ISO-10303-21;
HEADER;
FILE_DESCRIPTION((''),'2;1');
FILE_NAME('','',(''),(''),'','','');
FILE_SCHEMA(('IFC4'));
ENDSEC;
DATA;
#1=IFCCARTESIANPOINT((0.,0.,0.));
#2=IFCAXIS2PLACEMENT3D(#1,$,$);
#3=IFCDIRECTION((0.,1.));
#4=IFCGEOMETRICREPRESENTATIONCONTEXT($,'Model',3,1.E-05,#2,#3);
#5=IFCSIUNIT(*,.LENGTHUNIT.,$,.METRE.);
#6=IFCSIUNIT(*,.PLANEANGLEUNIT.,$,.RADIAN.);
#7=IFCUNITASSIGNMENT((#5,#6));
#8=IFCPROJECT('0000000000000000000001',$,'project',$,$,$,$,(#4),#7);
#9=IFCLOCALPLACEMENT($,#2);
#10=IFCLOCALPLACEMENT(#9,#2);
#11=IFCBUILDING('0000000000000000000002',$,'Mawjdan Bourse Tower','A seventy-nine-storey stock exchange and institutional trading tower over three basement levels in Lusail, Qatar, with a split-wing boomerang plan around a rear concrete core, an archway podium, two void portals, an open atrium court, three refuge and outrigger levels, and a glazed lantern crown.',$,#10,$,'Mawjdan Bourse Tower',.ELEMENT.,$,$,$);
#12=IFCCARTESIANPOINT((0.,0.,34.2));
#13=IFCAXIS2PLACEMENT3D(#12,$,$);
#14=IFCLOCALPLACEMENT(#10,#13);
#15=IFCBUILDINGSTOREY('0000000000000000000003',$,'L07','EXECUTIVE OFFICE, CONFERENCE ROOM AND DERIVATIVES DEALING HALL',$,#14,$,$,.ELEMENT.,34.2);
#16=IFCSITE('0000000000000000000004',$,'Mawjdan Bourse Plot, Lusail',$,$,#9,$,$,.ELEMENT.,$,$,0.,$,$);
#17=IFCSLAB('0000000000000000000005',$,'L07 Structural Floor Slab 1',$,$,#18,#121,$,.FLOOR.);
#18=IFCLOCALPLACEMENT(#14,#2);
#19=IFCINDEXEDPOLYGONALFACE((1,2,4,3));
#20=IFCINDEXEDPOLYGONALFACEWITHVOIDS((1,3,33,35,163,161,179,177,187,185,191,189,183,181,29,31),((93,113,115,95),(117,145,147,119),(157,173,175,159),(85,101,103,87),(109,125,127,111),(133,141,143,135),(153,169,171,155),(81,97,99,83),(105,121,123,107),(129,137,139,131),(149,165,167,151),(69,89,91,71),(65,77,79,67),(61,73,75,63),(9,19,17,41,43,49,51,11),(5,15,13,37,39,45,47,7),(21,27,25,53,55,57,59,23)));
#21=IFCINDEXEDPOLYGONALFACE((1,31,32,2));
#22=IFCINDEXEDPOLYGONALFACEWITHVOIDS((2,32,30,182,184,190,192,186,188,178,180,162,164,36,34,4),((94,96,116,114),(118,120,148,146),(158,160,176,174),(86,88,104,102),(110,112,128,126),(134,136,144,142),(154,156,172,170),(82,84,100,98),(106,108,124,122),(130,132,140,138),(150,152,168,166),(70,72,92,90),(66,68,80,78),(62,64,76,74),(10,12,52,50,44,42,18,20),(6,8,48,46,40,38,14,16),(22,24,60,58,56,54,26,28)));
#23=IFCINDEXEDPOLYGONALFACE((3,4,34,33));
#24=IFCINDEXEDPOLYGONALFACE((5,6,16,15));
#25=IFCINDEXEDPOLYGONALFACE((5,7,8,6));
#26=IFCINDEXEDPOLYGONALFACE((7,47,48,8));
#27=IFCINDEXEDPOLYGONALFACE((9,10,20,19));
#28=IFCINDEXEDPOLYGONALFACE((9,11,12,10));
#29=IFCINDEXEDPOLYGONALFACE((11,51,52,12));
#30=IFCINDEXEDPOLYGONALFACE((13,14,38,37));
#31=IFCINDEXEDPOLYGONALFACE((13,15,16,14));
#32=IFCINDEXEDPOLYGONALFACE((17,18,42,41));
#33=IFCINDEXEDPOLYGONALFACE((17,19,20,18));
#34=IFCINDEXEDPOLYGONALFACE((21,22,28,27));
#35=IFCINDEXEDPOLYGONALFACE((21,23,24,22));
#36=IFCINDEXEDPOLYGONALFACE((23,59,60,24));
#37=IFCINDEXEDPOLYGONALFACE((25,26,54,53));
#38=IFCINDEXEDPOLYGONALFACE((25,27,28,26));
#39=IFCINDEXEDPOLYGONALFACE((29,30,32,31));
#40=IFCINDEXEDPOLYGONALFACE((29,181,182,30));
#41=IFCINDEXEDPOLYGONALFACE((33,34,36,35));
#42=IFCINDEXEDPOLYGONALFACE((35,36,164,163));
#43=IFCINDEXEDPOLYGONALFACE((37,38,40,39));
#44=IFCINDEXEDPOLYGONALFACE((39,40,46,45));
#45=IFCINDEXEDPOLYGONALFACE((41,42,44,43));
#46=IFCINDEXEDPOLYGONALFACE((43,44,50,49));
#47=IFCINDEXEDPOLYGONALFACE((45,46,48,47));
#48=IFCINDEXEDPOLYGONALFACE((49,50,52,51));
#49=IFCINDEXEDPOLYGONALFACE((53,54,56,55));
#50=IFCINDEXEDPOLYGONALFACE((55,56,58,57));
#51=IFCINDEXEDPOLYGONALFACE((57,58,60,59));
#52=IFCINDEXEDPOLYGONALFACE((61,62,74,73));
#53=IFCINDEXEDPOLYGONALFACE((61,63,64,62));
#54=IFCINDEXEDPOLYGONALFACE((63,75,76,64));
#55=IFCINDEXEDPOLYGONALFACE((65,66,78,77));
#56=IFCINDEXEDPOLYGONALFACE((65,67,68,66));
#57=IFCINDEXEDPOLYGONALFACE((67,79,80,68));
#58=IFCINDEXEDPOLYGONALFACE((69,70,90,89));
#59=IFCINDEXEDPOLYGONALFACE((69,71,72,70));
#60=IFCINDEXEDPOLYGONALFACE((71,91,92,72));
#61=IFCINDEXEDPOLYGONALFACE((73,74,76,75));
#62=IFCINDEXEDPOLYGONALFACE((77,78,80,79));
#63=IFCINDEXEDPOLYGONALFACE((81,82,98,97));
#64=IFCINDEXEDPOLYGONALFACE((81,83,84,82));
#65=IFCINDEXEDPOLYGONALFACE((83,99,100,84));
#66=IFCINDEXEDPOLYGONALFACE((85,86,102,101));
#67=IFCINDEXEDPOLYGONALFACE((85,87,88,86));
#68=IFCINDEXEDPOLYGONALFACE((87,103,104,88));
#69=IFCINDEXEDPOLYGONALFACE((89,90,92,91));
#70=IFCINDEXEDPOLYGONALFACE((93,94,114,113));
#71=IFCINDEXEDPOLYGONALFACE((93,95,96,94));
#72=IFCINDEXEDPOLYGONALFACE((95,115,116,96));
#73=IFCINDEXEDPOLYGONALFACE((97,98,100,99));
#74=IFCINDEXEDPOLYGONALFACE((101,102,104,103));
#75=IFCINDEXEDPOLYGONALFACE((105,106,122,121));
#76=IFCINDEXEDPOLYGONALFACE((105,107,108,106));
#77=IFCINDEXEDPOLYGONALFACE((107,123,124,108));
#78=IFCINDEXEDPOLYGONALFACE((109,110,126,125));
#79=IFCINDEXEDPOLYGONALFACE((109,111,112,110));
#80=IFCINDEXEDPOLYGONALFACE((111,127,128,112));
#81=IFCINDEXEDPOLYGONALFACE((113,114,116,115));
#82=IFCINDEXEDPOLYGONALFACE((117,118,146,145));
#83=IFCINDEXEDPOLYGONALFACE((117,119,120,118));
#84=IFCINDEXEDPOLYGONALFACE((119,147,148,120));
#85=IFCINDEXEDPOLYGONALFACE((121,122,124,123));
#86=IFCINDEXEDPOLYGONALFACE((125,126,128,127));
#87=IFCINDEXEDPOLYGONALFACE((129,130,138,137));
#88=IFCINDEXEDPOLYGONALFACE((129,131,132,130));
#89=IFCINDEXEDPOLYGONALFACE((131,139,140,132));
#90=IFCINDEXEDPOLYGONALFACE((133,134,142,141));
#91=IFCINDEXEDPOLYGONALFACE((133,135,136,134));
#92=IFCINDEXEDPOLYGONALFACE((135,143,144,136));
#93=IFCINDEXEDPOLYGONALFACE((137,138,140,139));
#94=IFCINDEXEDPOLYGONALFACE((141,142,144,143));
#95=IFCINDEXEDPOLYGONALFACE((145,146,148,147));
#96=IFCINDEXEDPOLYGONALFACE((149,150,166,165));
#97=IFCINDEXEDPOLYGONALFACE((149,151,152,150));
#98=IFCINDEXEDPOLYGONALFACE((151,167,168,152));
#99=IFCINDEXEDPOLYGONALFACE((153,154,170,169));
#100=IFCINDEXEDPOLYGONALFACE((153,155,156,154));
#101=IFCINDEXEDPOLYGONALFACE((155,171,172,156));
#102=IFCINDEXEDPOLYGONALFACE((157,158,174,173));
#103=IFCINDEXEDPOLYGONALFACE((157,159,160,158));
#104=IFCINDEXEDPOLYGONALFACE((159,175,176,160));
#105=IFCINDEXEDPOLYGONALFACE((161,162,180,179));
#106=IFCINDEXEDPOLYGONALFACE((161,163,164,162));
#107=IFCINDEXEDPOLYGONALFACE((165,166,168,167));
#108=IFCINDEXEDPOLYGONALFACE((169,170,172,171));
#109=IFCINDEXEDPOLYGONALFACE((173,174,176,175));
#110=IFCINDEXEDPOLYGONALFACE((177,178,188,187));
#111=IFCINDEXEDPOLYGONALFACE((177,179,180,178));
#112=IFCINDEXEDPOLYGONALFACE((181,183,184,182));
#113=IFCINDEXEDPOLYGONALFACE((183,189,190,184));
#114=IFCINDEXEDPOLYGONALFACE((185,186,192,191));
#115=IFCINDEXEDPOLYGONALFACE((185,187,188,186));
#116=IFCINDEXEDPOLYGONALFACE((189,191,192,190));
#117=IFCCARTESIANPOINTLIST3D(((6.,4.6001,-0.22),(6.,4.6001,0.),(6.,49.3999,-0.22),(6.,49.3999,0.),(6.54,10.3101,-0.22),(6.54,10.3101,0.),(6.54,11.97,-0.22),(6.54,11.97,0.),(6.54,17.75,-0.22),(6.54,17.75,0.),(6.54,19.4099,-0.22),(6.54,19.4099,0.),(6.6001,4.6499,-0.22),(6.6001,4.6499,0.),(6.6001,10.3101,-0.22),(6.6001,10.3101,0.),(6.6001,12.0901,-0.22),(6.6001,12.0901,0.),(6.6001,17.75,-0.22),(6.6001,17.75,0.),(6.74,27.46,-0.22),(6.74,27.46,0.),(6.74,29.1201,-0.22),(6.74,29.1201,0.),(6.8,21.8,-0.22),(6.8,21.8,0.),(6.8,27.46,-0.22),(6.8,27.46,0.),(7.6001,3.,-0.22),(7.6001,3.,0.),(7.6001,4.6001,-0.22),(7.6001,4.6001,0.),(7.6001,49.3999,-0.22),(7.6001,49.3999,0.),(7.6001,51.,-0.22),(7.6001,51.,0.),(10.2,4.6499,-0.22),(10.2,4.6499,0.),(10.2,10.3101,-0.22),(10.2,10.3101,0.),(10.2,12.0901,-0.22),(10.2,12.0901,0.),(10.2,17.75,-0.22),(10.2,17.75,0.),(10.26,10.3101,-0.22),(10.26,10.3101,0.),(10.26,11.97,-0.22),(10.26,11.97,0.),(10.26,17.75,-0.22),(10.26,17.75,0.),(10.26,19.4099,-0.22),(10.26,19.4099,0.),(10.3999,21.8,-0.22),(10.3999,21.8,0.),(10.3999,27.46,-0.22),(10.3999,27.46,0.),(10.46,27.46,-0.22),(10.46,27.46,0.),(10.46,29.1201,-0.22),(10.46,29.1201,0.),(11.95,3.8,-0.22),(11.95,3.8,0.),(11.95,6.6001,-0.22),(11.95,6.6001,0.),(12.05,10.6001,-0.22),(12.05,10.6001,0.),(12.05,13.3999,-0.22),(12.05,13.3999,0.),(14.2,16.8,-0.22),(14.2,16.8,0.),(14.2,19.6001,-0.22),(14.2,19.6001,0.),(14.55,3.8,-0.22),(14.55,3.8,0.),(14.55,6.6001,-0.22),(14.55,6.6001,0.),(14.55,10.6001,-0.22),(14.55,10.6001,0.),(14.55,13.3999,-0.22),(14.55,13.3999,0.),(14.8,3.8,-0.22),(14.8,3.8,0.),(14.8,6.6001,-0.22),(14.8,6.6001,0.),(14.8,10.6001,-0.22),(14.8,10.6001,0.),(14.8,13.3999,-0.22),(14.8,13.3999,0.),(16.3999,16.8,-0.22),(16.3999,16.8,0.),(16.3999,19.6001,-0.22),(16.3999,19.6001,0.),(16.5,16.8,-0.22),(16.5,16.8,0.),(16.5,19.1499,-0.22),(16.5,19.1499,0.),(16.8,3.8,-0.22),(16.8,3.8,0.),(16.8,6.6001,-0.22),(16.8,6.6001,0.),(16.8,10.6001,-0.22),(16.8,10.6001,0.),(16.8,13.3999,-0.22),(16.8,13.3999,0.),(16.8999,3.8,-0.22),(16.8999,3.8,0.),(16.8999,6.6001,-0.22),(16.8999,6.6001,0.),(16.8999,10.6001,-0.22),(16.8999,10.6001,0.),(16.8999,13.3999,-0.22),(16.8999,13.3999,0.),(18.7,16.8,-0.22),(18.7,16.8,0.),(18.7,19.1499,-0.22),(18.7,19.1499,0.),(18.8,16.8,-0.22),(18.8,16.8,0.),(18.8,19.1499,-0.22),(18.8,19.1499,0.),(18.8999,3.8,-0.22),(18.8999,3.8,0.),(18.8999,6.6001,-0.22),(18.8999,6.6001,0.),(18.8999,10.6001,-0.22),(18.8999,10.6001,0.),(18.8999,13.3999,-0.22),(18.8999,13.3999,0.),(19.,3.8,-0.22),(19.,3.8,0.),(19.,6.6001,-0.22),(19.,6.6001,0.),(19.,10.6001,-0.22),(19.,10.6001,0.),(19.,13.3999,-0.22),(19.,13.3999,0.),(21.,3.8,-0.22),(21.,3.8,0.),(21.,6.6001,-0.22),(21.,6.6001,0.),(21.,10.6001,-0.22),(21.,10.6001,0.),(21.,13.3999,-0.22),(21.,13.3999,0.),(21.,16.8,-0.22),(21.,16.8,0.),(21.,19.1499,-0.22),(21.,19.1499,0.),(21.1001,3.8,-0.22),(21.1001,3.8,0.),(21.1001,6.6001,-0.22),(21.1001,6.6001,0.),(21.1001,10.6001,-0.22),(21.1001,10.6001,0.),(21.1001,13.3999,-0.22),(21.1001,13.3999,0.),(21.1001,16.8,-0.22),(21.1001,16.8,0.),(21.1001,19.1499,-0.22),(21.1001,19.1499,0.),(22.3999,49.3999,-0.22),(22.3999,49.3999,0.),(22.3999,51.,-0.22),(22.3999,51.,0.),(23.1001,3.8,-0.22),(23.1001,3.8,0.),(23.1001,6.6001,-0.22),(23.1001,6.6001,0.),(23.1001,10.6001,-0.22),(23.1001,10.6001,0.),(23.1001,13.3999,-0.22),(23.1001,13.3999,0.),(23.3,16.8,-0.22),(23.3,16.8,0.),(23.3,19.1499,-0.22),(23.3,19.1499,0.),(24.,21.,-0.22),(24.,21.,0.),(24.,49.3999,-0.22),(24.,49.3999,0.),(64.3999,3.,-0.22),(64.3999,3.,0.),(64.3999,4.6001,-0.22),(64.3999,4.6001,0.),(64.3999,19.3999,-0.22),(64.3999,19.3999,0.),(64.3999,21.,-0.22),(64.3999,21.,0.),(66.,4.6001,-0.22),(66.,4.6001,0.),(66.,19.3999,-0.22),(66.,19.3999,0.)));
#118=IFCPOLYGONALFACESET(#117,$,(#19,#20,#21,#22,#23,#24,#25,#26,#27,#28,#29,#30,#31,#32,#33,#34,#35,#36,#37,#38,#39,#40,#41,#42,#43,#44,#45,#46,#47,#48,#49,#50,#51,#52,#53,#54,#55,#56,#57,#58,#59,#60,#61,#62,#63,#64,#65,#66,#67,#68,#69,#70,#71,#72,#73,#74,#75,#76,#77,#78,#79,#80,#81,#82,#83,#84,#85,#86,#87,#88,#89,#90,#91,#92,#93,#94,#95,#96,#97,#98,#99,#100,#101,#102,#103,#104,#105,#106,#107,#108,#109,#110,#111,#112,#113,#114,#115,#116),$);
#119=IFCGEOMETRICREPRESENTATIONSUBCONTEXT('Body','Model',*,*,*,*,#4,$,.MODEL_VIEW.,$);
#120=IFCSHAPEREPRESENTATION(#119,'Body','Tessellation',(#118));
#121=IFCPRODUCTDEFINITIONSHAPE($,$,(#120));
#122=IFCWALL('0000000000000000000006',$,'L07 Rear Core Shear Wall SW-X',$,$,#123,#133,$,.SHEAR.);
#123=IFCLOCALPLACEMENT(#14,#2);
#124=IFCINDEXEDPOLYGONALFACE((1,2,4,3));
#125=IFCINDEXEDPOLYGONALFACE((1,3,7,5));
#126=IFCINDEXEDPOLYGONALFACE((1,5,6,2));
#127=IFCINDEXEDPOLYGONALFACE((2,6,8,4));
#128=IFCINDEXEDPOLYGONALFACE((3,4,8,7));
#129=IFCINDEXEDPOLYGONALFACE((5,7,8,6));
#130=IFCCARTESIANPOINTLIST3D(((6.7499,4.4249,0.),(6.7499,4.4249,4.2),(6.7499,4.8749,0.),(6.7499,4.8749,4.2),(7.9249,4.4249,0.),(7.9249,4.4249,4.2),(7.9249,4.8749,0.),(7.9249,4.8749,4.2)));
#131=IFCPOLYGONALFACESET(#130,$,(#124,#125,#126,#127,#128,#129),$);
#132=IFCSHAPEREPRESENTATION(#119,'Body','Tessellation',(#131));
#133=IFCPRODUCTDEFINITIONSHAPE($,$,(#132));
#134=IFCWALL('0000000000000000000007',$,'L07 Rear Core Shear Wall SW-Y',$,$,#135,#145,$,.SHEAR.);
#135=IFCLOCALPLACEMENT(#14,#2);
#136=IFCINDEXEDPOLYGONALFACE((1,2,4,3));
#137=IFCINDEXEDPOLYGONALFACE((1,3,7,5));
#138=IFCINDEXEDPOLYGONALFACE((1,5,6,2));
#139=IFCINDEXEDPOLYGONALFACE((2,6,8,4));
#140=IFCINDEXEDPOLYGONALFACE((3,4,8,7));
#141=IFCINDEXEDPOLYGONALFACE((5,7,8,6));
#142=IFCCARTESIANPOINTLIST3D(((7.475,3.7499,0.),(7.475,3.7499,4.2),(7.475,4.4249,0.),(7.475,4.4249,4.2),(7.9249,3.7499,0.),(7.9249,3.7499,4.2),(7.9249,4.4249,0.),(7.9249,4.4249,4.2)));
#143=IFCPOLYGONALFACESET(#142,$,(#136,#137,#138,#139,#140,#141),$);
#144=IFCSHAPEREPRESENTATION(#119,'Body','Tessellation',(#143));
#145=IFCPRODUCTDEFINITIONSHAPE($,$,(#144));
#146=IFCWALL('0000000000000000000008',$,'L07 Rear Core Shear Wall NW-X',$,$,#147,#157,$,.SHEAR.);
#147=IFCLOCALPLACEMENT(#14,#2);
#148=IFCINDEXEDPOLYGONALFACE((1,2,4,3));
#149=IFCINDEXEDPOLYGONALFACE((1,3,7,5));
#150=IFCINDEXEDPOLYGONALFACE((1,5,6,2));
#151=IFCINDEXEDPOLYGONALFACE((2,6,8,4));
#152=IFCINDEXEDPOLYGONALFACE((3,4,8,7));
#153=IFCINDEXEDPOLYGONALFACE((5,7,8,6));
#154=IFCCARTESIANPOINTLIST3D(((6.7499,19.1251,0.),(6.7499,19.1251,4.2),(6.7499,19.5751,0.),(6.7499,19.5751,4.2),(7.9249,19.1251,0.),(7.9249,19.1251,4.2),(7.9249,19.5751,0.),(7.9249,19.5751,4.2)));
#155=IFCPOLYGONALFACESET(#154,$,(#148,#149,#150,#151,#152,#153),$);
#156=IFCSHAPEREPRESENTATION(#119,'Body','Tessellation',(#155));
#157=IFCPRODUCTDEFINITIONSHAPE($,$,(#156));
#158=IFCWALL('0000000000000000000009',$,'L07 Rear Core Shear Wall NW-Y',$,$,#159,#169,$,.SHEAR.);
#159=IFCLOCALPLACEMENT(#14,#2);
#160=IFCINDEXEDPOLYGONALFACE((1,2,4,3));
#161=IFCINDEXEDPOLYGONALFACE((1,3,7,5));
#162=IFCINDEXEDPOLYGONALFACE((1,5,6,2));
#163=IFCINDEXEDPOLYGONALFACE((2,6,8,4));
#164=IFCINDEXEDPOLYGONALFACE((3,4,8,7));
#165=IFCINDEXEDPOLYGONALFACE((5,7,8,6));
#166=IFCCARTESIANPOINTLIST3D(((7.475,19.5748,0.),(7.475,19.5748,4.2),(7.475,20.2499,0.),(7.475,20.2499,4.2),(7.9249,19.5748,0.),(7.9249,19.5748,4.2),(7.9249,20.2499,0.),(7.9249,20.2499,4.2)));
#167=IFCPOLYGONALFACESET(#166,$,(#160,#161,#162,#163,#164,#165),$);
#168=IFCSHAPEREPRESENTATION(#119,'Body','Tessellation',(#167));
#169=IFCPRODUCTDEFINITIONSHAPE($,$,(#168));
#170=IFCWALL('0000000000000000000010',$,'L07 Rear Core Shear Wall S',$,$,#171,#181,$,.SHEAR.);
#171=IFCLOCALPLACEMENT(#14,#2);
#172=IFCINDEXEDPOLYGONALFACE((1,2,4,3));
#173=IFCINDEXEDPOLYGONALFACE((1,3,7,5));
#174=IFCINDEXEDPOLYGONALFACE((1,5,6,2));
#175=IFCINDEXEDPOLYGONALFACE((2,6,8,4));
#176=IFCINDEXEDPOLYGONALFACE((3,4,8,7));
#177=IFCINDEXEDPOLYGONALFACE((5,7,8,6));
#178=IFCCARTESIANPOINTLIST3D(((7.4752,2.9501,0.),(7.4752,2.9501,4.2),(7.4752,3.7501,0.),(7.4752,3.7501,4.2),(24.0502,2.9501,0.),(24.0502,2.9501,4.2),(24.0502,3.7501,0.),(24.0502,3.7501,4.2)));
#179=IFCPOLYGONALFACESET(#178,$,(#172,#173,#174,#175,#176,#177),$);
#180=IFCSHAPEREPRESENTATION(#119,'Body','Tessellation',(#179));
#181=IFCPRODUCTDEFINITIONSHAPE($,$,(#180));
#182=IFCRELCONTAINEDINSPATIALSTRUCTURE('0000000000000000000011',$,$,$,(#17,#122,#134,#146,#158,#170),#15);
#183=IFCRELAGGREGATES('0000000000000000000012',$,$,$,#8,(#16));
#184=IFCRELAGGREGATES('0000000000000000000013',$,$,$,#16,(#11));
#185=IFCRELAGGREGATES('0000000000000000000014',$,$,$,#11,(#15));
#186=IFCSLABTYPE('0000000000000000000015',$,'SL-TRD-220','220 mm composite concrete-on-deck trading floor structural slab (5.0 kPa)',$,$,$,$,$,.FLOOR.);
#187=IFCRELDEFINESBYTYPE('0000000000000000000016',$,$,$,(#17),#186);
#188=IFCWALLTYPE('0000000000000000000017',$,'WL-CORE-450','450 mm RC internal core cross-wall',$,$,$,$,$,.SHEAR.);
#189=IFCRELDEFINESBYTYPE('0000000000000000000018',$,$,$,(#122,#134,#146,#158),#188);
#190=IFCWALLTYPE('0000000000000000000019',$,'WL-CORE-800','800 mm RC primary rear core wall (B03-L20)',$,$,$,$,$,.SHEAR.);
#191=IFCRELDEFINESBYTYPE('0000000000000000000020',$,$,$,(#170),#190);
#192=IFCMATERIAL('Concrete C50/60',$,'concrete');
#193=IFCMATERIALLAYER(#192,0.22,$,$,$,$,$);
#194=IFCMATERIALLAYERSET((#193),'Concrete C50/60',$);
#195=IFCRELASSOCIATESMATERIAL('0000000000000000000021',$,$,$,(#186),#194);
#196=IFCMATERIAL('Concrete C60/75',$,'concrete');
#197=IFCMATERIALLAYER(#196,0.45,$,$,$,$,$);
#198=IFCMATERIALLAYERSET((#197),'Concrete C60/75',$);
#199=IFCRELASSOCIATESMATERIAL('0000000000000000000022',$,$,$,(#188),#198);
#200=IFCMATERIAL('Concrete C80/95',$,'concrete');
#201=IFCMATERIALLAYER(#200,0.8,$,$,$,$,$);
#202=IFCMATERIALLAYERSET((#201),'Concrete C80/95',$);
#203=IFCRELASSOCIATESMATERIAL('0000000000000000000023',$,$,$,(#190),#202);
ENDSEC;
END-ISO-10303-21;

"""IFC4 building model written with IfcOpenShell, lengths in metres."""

from ifc_helpers import new_model, si_unit, direction, frame, frame_2d, origin, place, context, subcontext, project, spatial, polyline, rectangle, outline, extrude, material, layer, layer_set, type_object, element, save


model = new_model("IFC4")

# Units and contexts
model_context = context("Model", 3, precision=1e-05, world=origin(), true_north=direction((0.0, 1.0)))
body_context = subcontext(model_context, "Body", "Model", "MODEL_VIEW")
ifc_project = project(units=[si_unit("LENGTHUNIT", "METRE"), si_unit("PLANEANGLEUNIT", "RADIAN")], contexts=[model_context])

# Site, building, storey
site_placement = place(None, origin())
site = spatial("IfcSite", under=ifc_project, at=site_placement, Name="Mawjdan Bourse Plot, Lusail", CompositionType="ELEMENT", RefElevation=0.0)
building_placement = place(site_placement, origin())
building = spatial("IfcBuilding", under=site, at=building_placement, Name="Mawjdan Bourse Tower", Description="A seventy-nine-storey stock exchange and institutional trading tower over three basement levels in Lusail, Qatar, with a split-wing boomerang plan around a rear concrete core, an archway podium, two void portals, an open atrium court, three refuge and outrigger levels, and a glazed lantern crown.", LongName="Mawjdan Bourse Tower", CompositionType="ELEMENT")
storey_placement = place(building_placement, frame((0.0, 0.0, 34.2)))
storey = spatial("IfcBuildingStorey", under=building, at=storey_placement, Name="L07", Description="EXECUTIVE OFFICE, CONFERENCE ROOM AND DERIVATIVES DEALING HALL", CompositionType="ELEMENT", Elevation=34.2)

# Shared definitions
ifc_material_1 = material(Name="Concrete C50/60", Category="concrete")

# Slab
ifc_layer_1 = layer(ifc_material_1, 0.22)
ifc_layer_set_1 = layer_set([ifc_layer_1], Name="Concrete C50/60")
slab_type_1 = type_object("IfcSlabType", Name="SL-TRD-220", Description="220 mm composite concrete-on-deck trading floor structural slab (5.0 kPa)", PredefinedType="FLOOR", material=ifc_layer_set_1)
slab_1_placement = place(storey_placement, frame((0.0, 0.0, -0.22)))
element("IfcSlab", 1, at=slab_1_placement, inside=storey, type_object=slab_type_1, Name="L07 Structural Floor Slab 1", PredefinedType="FLOOR", context=body_context, shape_type="SweptSolid", body=[
    extrude(outline(polyline([(7.6001, 3.0), (64.3999, 3.0), (64.3999, 4.6001), (66.0, 4.6001), (66.0, 19.3999), (64.3999, 19.3999), (64.3999, 21.0), (24.0, 21.0), (24.0, 49.3999), (22.3999, 49.3999), (22.3999, 51.0), (7.6001, 51.0), (7.6001, 49.3999), (6.0, 49.3999), (6.0, 4.6001), (7.6001, 4.6001), (7.6001, 3.0)]), holes=[polyline([(11.95, 3.8), (11.95, 6.6001), (14.55, 6.6001), (14.55, 3.8), (11.95, 3.8)]), polyline([(14.8, 3.8), (14.8, 6.6001), (16.8, 6.6001), (16.8, 3.8), (14.8, 3.8)]), polyline([(10.26, 11.97), (10.26, 10.3101), (10.2, 10.3101), (10.2, 4.6499), (6.6001, 4.6499), (6.6001, 10.3101), (6.54, 10.3101), (6.54, 11.97), (10.26, 11.97)]), polyline([(12.05, 13.3999), (14.55, 13.3999), (14.55, 10.6001), (12.05, 10.6001), (12.05, 13.3999)]), polyline([(6.6001, 17.75), (6.54, 17.75), (6.54, 19.4099), (10.26, 19.4099), (10.26, 17.75), (10.2, 17.75), (10.2, 12.0901), (6.6001, 12.0901), (6.6001, 17.75)]), polyline([(14.2, 16.8), (14.2, 19.6001), (16.3999, 19.6001), (16.3999, 16.8), (14.2, 16.8)]), polyline([(10.46, 27.46), (10.3999, 27.46), (10.3999, 21.8), (6.8, 21.8), (6.8, 27.46), (6.74, 27.46), (6.74, 29.1201), (10.46, 29.1201), (10.46, 27.46)]), polyline([(16.8999, 3.8), (16.8999, 6.6001), (18.8999, 6.6001), (18.8999, 3.8), (16.8999, 3.8)]), polyline([(19.0, 3.8), (19.0, 6.6001), (21.0, 6.6001), (21.0, 3.8), (19.0, 3.8)]), polyline([(21.1001, 3.8), (21.1001, 6.6001), (23.1001, 6.6001), (23.1001, 3.8), (21.1001, 3.8)]), polyline([(14.8, 13.3999), (16.8, 13.3999), (16.8, 10.6001), (14.8, 10.6001), (14.8, 13.3999)]), polyline([(16.8999, 13.3999), (18.8999, 13.3999), (18.8999, 10.6001), (16.8999, 10.6001), (16.8999, 13.3999)]), polyline([(19.0, 10.6001), (19.0, 13.3999), (21.0, 13.3999), (21.0, 10.6001), (19.0, 10.6001)]), polyline([(21.1001, 10.6001), (21.1001, 13.3999), (23.1001, 13.3999), (23.1001, 10.6001), (21.1001, 10.6001)]), polyline([(16.5, 16.8), (16.5, 19.1499), (18.7, 19.1499), (18.7, 16.8), (16.5, 16.8)]), polyline([(18.8, 19.1499), (21.0, 19.1499), (21.0, 16.8), (18.8, 16.8), (18.8, 19.1499)]), polyline([(21.1001, 19.1499), (23.3, 19.1499), (23.3, 16.8), (21.1001, 16.8), (21.1001, 19.1499)])]), origin(), (0.0, 0.0, 1.0), 0.22),
])

# Walls
ifc_material_2 = material(Name="Concrete C60/75", Category="concrete")
ifc_layer_2 = layer(ifc_material_2, 0.45)
ifc_layer_set_2 = layer_set([ifc_layer_2], Name="Concrete C60/75")
wall_type_1 = type_object("IfcWallType", Name="WL-CORE-450", Description="450 mm RC internal core cross-wall", PredefinedType="SHEAR", material=ifc_layer_set_2)
wall_1_placement = place(storey_placement, frame((6.75, 4.6499, 0.0), z_axis=(0.0, 0.0, 1.0), x_axis=(1.0, 0.0, 0.0)))
element("IfcWall", 2, at=wall_1_placement, inside=storey, type_object=wall_type_1, Name="L07 Rear Core Shear Wall SW-X", PredefinedType="SHEAR", context=body_context, shape_type="SweptSolid", body=[
    extrude(rectangle(XDim=1.175, YDim=0.45, at=frame_2d((0.5874, 0.0))), origin(), (0.0, 0.0, 1.0), 4.2),
])
wall_2_placement = place(storey_placement, frame((7.7, 3.75, 0.0), z_axis=(0.0, 0.0, 1.0), x_axis=(0.0, 1.0, 0.0)))
element("IfcWall", 3, at=wall_2_placement, inside=storey, type_object=wall_type_1, Name="L07 Rear Core Shear Wall SW-Y", PredefinedType="SHEAR", context=body_context, shape_type="SweptSolid", body=[
    extrude(rectangle(XDim=0.675, YDim=0.45, at=frame_2d((0.3374, 0.0))), origin(), (0.0, 0.0, 1.0), 4.2),
])
wall_3_placement = place(storey_placement, frame((6.75, 19.3501, 0.0), z_axis=(0.0, 0.0, 1.0), x_axis=(1.0, 0.0, 0.0)))
element("IfcWall", 4, at=wall_3_placement, inside=storey, type_object=wall_type_1, Name="L07 Rear Core Shear Wall NW-X", PredefinedType="SHEAR", context=body_context, shape_type="SweptSolid", body=[
    extrude(rectangle(XDim=1.175, YDim=0.45, at=frame_2d((0.5874, 0.0))), origin(), (0.0, 0.0, 1.0), 4.2),
])
wall_4_placement = place(storey_placement, frame((7.7, 19.575, 0.0), z_axis=(0.0, 0.0, 1.0), x_axis=(0.0, 1.0, 0.0)))
element("IfcWall", 5, at=wall_4_placement, inside=storey, type_object=wall_type_1, Name="L07 Rear Core Shear Wall NW-Y", PredefinedType="SHEAR", context=body_context, shape_type="SweptSolid", body=[
    extrude(rectangle(XDim=0.675, YDim=0.45, at=frame_2d((0.3374, 0.0))), origin(), (0.0, 0.0, 1.0), 4.2),
])
ifc_material_3 = material(Name="Concrete C80/95", Category="concrete")
ifc_layer_3 = layer(ifc_material_3, 0.8)
ifc_layer_set_3 = layer_set([ifc_layer_3], Name="Concrete C80/95")
wall_type_2 = type_object("IfcWallType", Name="WL-CORE-800", Description="800 mm RC primary rear core wall (B03-L20)", PredefinedType="SHEAR", material=ifc_layer_set_3)
wall_5_placement = place(storey_placement, frame((7.4751, 3.3501, 0.0), z_axis=(0.0, 0.0, 1.0), x_axis=(1.0, 0.0, 0.0)))
element("IfcWall", 6, at=wall_5_placement, inside=storey, type_object=wall_type_2, Name="L07 Rear Core Shear Wall S", PredefinedType="SHEAR", context=body_context, shape_type="SweptSolid", body=[
    extrude(rectangle(XDim=16.575, YDim=0.8, at=frame_2d((8.2876, 0.0))), origin(), (0.0, 0.0, 1.0), 4.2),
])

save(model, "model.ifc")
